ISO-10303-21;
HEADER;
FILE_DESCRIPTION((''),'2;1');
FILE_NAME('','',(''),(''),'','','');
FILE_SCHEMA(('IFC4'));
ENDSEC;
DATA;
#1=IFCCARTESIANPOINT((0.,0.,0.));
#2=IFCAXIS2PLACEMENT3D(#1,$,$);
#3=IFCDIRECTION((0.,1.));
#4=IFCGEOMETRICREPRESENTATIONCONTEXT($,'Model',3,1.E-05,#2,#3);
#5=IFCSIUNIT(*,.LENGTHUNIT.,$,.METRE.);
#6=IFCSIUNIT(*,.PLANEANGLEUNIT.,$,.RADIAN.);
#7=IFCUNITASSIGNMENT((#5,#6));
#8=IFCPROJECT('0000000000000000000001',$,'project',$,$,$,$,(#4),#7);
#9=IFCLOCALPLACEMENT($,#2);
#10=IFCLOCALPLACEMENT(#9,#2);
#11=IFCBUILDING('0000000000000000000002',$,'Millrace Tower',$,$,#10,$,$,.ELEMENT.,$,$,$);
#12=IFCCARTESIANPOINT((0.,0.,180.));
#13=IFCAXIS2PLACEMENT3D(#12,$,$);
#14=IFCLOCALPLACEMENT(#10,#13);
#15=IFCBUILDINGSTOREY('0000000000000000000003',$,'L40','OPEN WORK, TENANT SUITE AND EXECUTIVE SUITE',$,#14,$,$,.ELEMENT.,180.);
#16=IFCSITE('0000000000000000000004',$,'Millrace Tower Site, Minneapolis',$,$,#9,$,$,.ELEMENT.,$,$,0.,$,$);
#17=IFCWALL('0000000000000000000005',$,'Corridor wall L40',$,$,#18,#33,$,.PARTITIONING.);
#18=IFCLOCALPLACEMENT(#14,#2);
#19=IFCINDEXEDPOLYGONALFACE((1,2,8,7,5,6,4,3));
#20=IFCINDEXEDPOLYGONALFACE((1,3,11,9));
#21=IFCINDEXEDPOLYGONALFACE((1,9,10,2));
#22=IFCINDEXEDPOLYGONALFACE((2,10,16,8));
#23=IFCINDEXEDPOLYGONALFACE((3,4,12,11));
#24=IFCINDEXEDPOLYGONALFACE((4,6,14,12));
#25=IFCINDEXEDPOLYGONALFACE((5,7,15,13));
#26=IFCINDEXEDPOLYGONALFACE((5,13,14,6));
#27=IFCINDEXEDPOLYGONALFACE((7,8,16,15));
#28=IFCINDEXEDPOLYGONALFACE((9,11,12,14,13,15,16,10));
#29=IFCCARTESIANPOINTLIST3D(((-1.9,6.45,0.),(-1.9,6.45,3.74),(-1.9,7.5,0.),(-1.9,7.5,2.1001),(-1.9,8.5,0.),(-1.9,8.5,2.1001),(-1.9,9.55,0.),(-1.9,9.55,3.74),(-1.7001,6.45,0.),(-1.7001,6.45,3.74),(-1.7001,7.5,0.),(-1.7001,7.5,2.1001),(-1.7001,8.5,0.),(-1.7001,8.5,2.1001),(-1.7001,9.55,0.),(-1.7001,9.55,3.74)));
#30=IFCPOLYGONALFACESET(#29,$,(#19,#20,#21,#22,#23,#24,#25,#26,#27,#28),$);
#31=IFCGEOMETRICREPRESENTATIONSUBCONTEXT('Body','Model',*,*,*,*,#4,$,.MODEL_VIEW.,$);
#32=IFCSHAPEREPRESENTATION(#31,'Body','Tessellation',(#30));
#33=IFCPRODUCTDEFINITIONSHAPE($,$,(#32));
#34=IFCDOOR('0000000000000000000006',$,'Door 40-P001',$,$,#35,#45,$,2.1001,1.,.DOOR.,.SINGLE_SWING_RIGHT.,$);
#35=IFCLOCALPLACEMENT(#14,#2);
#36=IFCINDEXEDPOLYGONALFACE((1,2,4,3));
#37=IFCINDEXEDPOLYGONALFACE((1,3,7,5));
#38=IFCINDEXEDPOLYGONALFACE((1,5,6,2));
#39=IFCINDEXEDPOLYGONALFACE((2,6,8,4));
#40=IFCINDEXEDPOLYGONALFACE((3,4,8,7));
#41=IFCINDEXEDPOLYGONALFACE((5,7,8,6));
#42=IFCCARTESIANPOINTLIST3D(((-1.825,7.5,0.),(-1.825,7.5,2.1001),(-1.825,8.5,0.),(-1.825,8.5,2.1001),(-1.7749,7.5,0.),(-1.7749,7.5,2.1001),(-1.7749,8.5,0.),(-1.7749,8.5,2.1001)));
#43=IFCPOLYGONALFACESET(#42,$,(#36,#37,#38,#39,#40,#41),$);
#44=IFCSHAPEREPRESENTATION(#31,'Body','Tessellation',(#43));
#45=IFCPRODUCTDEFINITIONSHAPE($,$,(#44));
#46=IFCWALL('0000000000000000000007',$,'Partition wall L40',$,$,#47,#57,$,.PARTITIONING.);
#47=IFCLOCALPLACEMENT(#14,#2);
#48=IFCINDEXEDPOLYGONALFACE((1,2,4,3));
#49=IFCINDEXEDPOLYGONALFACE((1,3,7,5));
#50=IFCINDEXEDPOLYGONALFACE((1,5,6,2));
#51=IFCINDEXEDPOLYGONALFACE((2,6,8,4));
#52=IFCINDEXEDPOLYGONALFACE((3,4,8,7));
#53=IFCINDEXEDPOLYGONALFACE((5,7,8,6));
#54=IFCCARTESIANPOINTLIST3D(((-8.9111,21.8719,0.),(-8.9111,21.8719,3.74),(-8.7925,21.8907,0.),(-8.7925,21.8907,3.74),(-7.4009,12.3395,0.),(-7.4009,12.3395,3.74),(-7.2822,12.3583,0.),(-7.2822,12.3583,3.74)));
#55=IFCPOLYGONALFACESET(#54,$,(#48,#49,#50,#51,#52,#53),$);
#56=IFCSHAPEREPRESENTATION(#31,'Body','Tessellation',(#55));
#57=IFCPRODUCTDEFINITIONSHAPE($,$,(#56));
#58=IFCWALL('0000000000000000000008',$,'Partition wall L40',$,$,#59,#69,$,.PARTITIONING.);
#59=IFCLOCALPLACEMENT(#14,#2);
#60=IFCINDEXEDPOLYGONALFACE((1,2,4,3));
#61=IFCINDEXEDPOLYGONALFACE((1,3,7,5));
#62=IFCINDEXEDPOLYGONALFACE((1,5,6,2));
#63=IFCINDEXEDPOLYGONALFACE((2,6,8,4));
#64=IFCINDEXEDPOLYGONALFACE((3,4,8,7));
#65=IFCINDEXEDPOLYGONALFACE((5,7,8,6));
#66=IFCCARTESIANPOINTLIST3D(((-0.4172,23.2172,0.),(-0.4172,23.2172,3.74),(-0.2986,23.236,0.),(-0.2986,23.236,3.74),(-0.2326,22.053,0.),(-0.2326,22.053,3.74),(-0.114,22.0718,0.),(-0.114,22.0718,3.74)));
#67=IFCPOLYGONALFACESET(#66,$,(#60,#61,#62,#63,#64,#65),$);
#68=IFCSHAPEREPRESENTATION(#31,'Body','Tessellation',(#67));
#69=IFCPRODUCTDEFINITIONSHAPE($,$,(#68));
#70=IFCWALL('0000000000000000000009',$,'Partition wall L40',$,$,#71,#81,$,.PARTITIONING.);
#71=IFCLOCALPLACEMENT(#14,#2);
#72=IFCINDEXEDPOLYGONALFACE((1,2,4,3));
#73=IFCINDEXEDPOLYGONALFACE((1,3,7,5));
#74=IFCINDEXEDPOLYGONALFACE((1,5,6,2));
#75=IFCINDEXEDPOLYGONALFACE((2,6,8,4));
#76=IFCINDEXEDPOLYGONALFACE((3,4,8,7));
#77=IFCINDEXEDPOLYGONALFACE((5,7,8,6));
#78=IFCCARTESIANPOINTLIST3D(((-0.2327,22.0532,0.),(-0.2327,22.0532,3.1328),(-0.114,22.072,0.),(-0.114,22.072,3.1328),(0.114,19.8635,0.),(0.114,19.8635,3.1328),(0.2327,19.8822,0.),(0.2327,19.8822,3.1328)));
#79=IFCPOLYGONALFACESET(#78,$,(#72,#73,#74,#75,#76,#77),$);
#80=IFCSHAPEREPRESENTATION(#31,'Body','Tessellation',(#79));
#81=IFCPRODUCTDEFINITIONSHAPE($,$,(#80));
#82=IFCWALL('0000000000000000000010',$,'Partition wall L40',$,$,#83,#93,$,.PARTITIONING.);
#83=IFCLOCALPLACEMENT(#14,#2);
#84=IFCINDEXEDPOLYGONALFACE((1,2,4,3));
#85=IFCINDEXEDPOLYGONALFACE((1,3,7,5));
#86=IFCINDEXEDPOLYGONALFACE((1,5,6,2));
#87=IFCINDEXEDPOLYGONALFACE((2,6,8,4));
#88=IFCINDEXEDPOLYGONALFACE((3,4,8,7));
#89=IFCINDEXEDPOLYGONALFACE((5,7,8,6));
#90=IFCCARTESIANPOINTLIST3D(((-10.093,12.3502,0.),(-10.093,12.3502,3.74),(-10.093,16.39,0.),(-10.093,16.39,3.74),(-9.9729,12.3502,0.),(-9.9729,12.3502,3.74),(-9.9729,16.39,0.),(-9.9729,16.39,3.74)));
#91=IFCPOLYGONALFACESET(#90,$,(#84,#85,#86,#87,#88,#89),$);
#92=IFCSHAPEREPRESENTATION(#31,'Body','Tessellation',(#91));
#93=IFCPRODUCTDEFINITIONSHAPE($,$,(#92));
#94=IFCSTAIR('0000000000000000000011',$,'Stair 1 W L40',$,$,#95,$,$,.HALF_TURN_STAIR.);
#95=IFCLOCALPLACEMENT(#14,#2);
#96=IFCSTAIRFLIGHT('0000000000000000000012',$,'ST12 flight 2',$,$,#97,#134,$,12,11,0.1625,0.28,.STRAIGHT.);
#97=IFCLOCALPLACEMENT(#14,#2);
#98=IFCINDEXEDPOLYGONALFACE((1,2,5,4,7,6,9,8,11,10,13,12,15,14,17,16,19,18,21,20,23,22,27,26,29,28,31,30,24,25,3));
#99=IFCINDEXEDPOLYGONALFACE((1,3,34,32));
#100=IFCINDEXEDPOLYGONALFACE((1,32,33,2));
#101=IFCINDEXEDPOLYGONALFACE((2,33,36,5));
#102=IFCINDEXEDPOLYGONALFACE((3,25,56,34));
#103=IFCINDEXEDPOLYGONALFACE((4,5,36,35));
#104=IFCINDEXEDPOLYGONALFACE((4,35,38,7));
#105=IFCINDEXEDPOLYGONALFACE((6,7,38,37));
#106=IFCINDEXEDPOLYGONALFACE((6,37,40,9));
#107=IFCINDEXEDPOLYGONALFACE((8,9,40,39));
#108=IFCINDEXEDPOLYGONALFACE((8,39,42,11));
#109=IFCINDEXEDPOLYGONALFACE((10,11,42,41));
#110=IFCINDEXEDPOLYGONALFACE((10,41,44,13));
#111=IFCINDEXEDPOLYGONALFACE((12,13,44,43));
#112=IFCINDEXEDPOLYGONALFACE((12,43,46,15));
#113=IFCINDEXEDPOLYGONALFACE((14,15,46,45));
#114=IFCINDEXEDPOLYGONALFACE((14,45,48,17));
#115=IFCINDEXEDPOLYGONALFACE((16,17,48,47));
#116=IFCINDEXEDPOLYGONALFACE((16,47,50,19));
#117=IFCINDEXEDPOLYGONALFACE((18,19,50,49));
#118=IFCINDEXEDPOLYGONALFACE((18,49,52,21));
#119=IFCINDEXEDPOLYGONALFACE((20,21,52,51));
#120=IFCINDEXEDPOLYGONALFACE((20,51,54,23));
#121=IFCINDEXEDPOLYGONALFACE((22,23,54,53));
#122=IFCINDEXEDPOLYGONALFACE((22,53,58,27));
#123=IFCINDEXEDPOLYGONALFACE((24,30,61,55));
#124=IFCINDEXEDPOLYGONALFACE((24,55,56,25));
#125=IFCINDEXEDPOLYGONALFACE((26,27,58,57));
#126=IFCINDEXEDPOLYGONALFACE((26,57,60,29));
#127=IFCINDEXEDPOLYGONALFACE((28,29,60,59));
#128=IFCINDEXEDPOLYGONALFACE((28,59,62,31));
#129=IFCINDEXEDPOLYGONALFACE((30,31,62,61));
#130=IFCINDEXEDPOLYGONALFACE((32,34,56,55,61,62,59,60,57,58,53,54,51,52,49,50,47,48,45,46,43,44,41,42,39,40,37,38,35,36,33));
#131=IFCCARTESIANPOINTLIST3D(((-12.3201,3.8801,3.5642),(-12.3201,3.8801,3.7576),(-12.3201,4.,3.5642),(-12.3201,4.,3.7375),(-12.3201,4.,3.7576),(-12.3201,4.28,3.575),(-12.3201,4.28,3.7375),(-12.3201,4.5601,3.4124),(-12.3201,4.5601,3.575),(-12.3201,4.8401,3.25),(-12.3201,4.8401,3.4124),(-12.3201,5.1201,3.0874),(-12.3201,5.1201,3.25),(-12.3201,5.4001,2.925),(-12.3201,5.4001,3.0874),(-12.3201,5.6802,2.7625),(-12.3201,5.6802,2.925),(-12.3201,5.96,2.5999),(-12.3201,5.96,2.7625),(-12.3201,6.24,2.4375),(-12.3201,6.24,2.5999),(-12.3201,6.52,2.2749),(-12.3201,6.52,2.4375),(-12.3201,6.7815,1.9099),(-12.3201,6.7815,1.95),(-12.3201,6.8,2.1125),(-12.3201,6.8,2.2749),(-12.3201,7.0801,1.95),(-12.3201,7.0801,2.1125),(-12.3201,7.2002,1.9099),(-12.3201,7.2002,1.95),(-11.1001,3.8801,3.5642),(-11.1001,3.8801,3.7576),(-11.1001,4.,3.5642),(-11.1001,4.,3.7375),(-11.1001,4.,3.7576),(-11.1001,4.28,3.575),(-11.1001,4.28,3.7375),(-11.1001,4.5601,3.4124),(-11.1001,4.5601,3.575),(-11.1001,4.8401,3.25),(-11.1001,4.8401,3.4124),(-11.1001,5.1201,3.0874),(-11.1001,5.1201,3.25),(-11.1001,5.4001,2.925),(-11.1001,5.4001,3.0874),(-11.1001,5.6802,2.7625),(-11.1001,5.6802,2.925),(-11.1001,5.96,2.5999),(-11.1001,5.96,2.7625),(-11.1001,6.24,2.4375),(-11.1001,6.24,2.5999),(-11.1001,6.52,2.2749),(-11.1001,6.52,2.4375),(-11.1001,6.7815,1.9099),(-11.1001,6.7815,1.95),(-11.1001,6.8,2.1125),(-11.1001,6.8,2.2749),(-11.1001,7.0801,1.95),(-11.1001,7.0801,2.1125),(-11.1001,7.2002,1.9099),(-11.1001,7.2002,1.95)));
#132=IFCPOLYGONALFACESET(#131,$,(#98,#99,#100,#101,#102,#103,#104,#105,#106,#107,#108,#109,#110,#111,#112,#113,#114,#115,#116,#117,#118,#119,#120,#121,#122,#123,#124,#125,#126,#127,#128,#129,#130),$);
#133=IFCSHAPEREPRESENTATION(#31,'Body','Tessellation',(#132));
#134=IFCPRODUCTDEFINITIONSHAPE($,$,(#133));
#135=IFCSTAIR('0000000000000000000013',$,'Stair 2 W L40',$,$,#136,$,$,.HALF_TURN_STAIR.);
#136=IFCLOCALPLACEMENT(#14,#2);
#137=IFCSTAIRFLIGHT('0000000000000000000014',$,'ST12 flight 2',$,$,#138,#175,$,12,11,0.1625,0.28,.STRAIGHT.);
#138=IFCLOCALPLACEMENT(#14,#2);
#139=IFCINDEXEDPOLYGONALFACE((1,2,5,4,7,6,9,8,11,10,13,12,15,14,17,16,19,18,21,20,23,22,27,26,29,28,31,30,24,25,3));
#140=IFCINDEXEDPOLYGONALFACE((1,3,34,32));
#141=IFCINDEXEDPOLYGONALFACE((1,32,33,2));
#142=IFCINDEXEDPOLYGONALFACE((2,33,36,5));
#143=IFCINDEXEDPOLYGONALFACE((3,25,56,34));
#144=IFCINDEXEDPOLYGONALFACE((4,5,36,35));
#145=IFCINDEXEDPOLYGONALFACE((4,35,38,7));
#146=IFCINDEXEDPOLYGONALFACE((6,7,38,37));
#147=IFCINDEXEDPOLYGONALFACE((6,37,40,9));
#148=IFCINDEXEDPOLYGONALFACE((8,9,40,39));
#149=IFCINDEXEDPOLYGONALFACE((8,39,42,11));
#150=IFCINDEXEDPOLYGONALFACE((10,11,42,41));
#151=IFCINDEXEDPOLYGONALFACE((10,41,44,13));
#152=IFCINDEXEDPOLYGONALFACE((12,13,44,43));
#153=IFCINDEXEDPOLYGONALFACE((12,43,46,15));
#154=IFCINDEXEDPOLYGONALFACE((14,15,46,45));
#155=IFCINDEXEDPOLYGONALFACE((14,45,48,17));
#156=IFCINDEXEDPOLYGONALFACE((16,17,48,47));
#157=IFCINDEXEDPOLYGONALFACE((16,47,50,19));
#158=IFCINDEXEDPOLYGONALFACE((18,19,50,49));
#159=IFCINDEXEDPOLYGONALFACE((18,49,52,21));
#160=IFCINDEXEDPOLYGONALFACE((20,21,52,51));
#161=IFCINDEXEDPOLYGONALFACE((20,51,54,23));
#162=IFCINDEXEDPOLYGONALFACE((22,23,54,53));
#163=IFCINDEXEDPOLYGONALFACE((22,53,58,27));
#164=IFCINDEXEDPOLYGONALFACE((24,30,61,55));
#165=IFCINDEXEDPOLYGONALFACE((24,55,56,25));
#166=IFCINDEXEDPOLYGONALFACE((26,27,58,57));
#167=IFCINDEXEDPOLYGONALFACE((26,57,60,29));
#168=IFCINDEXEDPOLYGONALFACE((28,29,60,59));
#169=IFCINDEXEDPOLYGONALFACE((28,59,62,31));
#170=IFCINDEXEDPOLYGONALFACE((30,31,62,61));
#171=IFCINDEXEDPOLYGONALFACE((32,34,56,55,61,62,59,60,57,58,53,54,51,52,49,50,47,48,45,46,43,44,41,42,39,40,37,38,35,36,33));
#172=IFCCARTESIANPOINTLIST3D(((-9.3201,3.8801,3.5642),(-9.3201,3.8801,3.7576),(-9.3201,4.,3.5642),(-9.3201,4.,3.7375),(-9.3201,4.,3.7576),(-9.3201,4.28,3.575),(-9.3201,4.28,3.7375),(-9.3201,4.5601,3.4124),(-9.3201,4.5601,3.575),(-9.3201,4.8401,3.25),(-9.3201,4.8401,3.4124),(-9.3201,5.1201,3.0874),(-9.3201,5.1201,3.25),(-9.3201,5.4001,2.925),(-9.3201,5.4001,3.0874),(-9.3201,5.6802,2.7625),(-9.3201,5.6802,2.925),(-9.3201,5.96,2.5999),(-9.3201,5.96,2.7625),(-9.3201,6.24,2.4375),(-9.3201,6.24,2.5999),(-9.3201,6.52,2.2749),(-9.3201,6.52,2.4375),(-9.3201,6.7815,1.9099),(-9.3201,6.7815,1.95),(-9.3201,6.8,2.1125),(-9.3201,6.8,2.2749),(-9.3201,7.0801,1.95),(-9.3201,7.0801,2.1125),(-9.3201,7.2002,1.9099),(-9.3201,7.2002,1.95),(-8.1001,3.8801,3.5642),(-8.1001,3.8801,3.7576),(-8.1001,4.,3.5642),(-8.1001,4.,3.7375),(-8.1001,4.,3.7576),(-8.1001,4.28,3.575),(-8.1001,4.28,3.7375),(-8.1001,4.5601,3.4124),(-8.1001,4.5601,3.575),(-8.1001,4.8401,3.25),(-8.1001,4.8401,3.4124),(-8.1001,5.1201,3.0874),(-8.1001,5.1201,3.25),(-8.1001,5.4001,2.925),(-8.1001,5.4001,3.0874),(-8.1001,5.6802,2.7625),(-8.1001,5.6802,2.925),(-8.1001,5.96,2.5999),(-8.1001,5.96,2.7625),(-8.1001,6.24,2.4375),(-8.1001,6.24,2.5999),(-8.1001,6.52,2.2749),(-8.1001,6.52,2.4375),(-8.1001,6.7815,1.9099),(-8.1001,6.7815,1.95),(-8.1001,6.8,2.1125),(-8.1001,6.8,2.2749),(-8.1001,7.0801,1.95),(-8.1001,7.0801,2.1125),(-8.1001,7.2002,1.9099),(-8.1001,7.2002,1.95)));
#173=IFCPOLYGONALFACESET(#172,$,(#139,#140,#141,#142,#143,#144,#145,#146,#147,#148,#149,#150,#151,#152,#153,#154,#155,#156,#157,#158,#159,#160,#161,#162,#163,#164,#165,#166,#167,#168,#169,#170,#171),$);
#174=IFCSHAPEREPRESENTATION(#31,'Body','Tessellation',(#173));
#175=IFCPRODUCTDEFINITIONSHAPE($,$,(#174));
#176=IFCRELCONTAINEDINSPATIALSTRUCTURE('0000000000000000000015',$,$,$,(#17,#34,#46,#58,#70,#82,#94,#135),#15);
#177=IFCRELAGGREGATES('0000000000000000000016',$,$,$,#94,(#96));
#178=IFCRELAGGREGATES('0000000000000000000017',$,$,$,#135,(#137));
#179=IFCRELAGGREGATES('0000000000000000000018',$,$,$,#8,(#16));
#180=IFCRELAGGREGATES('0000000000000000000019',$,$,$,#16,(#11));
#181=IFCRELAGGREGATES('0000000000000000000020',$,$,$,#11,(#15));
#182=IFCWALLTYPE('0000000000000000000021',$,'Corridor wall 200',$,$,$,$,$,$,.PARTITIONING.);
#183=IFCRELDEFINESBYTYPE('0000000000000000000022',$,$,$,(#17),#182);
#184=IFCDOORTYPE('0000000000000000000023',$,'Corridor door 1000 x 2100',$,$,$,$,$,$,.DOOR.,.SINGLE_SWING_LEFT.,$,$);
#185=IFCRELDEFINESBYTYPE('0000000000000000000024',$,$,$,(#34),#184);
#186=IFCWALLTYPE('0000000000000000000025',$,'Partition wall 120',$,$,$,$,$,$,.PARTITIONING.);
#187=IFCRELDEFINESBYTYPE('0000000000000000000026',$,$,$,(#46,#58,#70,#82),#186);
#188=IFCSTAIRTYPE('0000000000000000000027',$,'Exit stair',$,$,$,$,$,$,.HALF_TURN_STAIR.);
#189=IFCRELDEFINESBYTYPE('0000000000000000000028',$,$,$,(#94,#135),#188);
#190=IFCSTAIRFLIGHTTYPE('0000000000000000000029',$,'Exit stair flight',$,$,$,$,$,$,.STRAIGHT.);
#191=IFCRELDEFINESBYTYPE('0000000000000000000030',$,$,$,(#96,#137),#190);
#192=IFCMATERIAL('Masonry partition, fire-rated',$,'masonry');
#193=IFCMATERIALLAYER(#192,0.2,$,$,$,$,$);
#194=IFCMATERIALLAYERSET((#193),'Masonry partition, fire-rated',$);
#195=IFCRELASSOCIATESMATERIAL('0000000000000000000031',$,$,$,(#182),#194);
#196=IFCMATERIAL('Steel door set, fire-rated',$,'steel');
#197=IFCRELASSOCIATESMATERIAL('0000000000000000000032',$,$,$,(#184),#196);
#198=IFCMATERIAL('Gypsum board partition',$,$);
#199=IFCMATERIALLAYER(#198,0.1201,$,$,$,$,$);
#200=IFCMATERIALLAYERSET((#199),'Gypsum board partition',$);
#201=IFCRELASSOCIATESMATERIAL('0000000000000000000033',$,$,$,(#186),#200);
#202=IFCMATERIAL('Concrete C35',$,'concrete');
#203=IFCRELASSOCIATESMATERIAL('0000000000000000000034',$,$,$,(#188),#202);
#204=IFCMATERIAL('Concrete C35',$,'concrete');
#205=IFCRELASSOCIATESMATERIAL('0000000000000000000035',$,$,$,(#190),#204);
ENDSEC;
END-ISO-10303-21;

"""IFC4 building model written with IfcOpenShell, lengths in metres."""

from ifc_helpers import new_model, si_unit, direction, frame, frame_2d, origin, place, context, subcontext, project, spatial, polyline, rectangle, outline, extrude, material, layer, layer_set, type_object, element, fill, aggregate, save


model = new_model("IFC4")

# Units and contexts
model_context = context("Model", 3, precision=1e-05, world=origin(), true_north=direction((0.0, 1.0)))
body_context = subcontext(model_context, "Body", "Model", "MODEL_VIEW")
ifc_project = project(units=[si_unit("LENGTHUNIT", "METRE"), si_unit("PLANEANGLEUNIT", "RADIAN")], contexts=[model_context])

# Site, building, storey
site_placement = place(None, origin())
site = spatial("IfcSite", under=ifc_project, at=site_placement, Name="Millrace Tower Site, Minneapolis", CompositionType="ELEMENT", RefElevation=0.0)
building_placement = place(site_placement, origin())
building = spatial("IfcBuilding", under=site, at=building_placement, Name="Millrace Tower", CompositionType="ELEMENT")
storey_placement = place(building_placement, frame((0.0, 0.0, 180.0)))
storey = spatial("IfcBuildingStorey", under=building, at=storey_placement, Name="L40", Description="OPEN WORK, TENANT SUITE AND EXECUTIVE SUITE", CompositionType="ELEMENT", Elevation=180.0)

# Shared definitions
placement = place(storey_placement, origin())

# Shared definitions
ifc_material_1 = material(Name="Masonry partition, fire-rated", Category="masonry")
ifc_layer_1 = layer(ifc_material_1, 0.2)
ifc_layer_set_1 = layer_set([ifc_layer_1], Name="Masonry partition, fire-rated")
wall_type_1 = type_object("IfcWallType", Name="Corridor wall 200", PredefinedType="PARTITIONING", material=ifc_layer_set_1)

# Wall, opening, door
wall_1_placement = place(storey_placement, frame((-1.8, 6.45, 0.0), z_axis=(0.0, 0.0, 1.0), x_axis=(0.0, 1.0, 0.0)))
wall_1 = element("IfcWall", 1, at=wall_1_placement, inside=storey, type_object=wall_type_1, Name="Corridor wall L40", PredefinedType="PARTITIONING", context=body_context, shape_type="SweptSolid", body=[
    extrude(rectangle(XDim=3.1001, YDim=0.2, at=frame_2d((1.55, 0.0))), origin(), (0.0, 0.0, 1.0), 3.74),
])
opening_placement = place(wall_1_placement, frame((1.05, 0.0, 0.0)))
opening = element("IfcOpeningElement", 2, at=opening_placement, cuts=wall_1, PredefinedType="OPENING", context=body_context, shape_type="SweptSolid", body=[
    extrude(rectangle(XDim=1.0, YDim=2.1001, at=frame_2d((0.5, 1.05))), frame((0.0, 0.1099, 0.0), z_axis=(0.0, -1.0, 0.0), x_axis=(1.0, 0.0, 0.0)), (0.0, 0.0, 1.0), 0.22),
])
ifc_material_2 = material(Name="Steel door set, fire-rated", Category="steel")
door_type = type_object("IfcDoorType", Name="Corridor door 1000 x 2100", OperationType="SINGLE_SWING_LEFT", PredefinedType="DOOR", material=ifc_material_2)
door_placement = place(opening_placement, origin())
door = element("IfcDoor", 3, at=door_placement, inside=storey, type_object=door_type, Name="Door 40-P001", OperationType="SINGLE_SWING_RIGHT", OverallHeight=2.1001, OverallWidth=1.0, PredefinedType="DOOR", context=body_context, shape_type="SweptSolid", body=[
    extrude(rectangle(XDim=1.0, YDim=2.1001, at=frame_2d((0.5, 1.05))), frame((0.0, 0.0249, 0.0), z_axis=(0.0, -1.0, 0.0), x_axis=(1.0, 0.0, 0.0)), (0.0, 0.0, 1.0), 0.05),
])
fill(opening, door)

# Walls
ifc_material_3 = material(Name="Gypsum board partition")
ifc_layer_2 = layer(ifc_material_3, 0.1201)
ifc_layer_set_2 = layer_set([ifc_layer_2], Name="Gypsum board partition")
wall_type_2 = type_object("IfcWallType", Name="Partition wall 120", PredefinedType="PARTITIONING", material=ifc_layer_set_2)
wall_2_placement = place(storey_placement, frame((-8.8518, 21.8813, 0.0), z_axis=(0.0, 0.0, 1.0), x_axis=(0.156481, -0.987681, 0.0)))
element("IfcWall", 4, at=wall_2_placement, inside=storey, type_object=wall_type_2, Name="Partition wall L40", PredefinedType="PARTITIONING", context=body_context, shape_type="SweptSolid", body=[
    extrude(rectangle(XDim=9.6514, YDim=0.1201, at=frame_2d((4.8257, 0.0))), origin(), (0.0, 0.0, 1.0), 3.74),
])
wall_3_placement = place(storey_placement, frame((-0.3579, 23.2266, 0.0), z_axis=(0.0, 0.0, 1.0), x_axis=(0.156601, -0.987662, 0.0)))
element("IfcWall", 5, at=wall_3_placement, inside=storey, type_object=wall_type_2, Name="Partition wall L40", PredefinedType="PARTITIONING", context=body_context, shape_type="SweptSolid", body=[
    extrude(rectangle(XDim=1.1787, YDim=0.1201, at=frame_2d((0.5894, 0.0))), origin(), (0.0, 0.0, 1.0), 3.74),
])
wall_4_placement = place(storey_placement, frame((-0.1733, 22.0625, 0.0), z_axis=(0.0, 0.0, 1.0), x_axis=(0.156375, -0.987698, 0.0)))
element("IfcWall", 6, at=wall_4_placement, inside=storey, type_object=wall_type_2, Name="Partition wall L40", PredefinedType="PARTITIONING", context=body_context, shape_type="SweptSolid", body=[
    extrude(rectangle(XDim=2.217, YDim=0.1201, at=frame_2d((1.1084, 0.0))), origin(), (0.0, 0.0, 1.0), 3.1328),
])
wall_5_placement = place(storey_placement, frame((-10.033, 12.3501, 0.0), z_axis=(0.0, 0.0, 1.0), x_axis=(0.0, 1.0, 0.0)))
element("IfcWall", 7, at=wall_5_placement, inside=storey, type_object=wall_type_2, Name="Partition wall L40", PredefinedType="PARTITIONING", context=body_context, shape_type="SweptSolid", body=[
    extrude(rectangle(XDim=4.0398, YDim=0.1201, at=frame_2d((2.02, 0.0))), origin(), (0.0, 0.0, 1.0), 3.74),
])

# Stairs, stair flights
ifc_material_4 = material(Name="Concrete C35", Category="concrete")
stair_type = type_object("IfcStairType", Name="Exit stair", PredefinedType="HALF_TURN_STAIR", material=ifc_material_4)
stair_1 = element("IfcStair", 8, at=placement, inside=storey, type_object=stair_type, Name="Stair 1 W L40", PredefinedType="HALF_TURN_STAIR")
ifc_material_5 = material(Name="Concrete C35", Category="concrete")
stair_flight_type = type_object("IfcStairFlightType", Name="Exit stair flight", PredefinedType="STRAIGHT", material=ifc_material_5)
stair_flight_1_placement = place(storey_placement, frame((-11.71, 7.0801, 1.95), z_axis=(0.0, 0.0, 1.0), x_axis=(0.0, -1.0, 0.0)))
stair_flight_1 = element("IfcStairFlight", 9, at=stair_flight_1_placement, type_object=stair_flight_type, Name="ST12 flight 2", NumberOfRisers=12, NumberOfTreads=11, PredefinedType="STRAIGHT", RiserHeight=0.1625, TreadLength=0.28, context=body_context, shape_type="SweptSolid", body=[
    extrude(outline(polyline([(-0.1201, -0.04), (-0.1201, 0.0), (0.0, 0.0), (0.0, 0.1626), (0.28, 0.1626), (0.28, 0.325), (0.5601, 0.325), (0.5601, 0.4875), (0.8401, 0.4875), (0.8401, 0.6499), (1.1201, 0.6499), (1.1201, 0.8125), (1.3999, 0.8125), (1.3999, 0.9751), (1.6799, 0.9751), (1.6799, 1.1375), (1.96, 1.1375), (1.96, 1.3), (2.24, 1.3), (2.24, 1.4624), (2.52, 1.4624), (2.52, 1.625), (2.8, 1.625), (2.8, 1.7876), (3.0801, 1.7876), (3.0801, 1.8076), (3.2, 1.8076), (3.2, 1.6143), (3.0801, 1.6143), (0.2986, 0.0), (0.2986, -0.04), (-0.1201, -0.04)])), frame((0.0, 0.6099, 0.0), z_axis=(0.0, -1.0, 0.0), x_axis=(1.0, 0.0, 0.0)), (0.0, 0.0, 1.0), 1.22),
])
aggregate(stair_1, [stair_flight_1])
stair_2 = element("IfcStair", 10, at=placement, inside=storey, type_object=stair_type, Name="Stair 2 W L40", PredefinedType="HALF_TURN_STAIR")
stair_flight_2_placement = place(storey_placement, frame((-8.71, 7.0801, 1.95), z_axis=(0.0, 0.0, 1.0), x_axis=(0.0, -1.0, 0.0)))
stair_flight_2 = element("IfcStairFlight", 11, at=stair_flight_2_placement, type_object=stair_flight_type, Name="ST12 flight 2", NumberOfRisers=12, NumberOfTreads=11, PredefinedType="STRAIGHT", RiserHeight=0.1625, TreadLength=0.28, context=body_context, shape_type="SweptSolid", body=[
    extrude(outline(polyline([(-0.1201, -0.04), (-0.1201, 0.0), (0.0, 0.0), (0.0, 0.1626), (0.28, 0.1626), (0.28, 0.325), (0.5601, 0.325), (0.5601, 0.4875), (0.8401, 0.4875), (0.8401, 0.6499), (1.1201, 0.6499), (1.1201, 0.8125), (1.3999, 0.8125), (1.3999, 0.9751), (1.6799, 0.9751), (1.6799, 1.1375), (1.96, 1.1375), (1.96, 1.3), (2.24, 1.3), (2.24, 1.4624), (2.52, 1.4624), (2.52, 1.625), (2.8, 1.625), (2.8, 1.7876), (3.0801, 1.7876), (3.0801, 1.8076), (3.2, 1.8076), (3.2, 1.6143), (3.0801, 1.6143), (0.2986, 0.0), (0.2986, -0.04), (-0.1201, -0.04)])), frame((0.0, 0.6099, 0.0), z_axis=(0.0, -1.0, 0.0), x_axis=(1.0, 0.0, 0.0)), (0.0, 0.0, 1.0), 1.22),
])
aggregate(stair_2, [stair_flight_2])

save(model, "model.ifc")
